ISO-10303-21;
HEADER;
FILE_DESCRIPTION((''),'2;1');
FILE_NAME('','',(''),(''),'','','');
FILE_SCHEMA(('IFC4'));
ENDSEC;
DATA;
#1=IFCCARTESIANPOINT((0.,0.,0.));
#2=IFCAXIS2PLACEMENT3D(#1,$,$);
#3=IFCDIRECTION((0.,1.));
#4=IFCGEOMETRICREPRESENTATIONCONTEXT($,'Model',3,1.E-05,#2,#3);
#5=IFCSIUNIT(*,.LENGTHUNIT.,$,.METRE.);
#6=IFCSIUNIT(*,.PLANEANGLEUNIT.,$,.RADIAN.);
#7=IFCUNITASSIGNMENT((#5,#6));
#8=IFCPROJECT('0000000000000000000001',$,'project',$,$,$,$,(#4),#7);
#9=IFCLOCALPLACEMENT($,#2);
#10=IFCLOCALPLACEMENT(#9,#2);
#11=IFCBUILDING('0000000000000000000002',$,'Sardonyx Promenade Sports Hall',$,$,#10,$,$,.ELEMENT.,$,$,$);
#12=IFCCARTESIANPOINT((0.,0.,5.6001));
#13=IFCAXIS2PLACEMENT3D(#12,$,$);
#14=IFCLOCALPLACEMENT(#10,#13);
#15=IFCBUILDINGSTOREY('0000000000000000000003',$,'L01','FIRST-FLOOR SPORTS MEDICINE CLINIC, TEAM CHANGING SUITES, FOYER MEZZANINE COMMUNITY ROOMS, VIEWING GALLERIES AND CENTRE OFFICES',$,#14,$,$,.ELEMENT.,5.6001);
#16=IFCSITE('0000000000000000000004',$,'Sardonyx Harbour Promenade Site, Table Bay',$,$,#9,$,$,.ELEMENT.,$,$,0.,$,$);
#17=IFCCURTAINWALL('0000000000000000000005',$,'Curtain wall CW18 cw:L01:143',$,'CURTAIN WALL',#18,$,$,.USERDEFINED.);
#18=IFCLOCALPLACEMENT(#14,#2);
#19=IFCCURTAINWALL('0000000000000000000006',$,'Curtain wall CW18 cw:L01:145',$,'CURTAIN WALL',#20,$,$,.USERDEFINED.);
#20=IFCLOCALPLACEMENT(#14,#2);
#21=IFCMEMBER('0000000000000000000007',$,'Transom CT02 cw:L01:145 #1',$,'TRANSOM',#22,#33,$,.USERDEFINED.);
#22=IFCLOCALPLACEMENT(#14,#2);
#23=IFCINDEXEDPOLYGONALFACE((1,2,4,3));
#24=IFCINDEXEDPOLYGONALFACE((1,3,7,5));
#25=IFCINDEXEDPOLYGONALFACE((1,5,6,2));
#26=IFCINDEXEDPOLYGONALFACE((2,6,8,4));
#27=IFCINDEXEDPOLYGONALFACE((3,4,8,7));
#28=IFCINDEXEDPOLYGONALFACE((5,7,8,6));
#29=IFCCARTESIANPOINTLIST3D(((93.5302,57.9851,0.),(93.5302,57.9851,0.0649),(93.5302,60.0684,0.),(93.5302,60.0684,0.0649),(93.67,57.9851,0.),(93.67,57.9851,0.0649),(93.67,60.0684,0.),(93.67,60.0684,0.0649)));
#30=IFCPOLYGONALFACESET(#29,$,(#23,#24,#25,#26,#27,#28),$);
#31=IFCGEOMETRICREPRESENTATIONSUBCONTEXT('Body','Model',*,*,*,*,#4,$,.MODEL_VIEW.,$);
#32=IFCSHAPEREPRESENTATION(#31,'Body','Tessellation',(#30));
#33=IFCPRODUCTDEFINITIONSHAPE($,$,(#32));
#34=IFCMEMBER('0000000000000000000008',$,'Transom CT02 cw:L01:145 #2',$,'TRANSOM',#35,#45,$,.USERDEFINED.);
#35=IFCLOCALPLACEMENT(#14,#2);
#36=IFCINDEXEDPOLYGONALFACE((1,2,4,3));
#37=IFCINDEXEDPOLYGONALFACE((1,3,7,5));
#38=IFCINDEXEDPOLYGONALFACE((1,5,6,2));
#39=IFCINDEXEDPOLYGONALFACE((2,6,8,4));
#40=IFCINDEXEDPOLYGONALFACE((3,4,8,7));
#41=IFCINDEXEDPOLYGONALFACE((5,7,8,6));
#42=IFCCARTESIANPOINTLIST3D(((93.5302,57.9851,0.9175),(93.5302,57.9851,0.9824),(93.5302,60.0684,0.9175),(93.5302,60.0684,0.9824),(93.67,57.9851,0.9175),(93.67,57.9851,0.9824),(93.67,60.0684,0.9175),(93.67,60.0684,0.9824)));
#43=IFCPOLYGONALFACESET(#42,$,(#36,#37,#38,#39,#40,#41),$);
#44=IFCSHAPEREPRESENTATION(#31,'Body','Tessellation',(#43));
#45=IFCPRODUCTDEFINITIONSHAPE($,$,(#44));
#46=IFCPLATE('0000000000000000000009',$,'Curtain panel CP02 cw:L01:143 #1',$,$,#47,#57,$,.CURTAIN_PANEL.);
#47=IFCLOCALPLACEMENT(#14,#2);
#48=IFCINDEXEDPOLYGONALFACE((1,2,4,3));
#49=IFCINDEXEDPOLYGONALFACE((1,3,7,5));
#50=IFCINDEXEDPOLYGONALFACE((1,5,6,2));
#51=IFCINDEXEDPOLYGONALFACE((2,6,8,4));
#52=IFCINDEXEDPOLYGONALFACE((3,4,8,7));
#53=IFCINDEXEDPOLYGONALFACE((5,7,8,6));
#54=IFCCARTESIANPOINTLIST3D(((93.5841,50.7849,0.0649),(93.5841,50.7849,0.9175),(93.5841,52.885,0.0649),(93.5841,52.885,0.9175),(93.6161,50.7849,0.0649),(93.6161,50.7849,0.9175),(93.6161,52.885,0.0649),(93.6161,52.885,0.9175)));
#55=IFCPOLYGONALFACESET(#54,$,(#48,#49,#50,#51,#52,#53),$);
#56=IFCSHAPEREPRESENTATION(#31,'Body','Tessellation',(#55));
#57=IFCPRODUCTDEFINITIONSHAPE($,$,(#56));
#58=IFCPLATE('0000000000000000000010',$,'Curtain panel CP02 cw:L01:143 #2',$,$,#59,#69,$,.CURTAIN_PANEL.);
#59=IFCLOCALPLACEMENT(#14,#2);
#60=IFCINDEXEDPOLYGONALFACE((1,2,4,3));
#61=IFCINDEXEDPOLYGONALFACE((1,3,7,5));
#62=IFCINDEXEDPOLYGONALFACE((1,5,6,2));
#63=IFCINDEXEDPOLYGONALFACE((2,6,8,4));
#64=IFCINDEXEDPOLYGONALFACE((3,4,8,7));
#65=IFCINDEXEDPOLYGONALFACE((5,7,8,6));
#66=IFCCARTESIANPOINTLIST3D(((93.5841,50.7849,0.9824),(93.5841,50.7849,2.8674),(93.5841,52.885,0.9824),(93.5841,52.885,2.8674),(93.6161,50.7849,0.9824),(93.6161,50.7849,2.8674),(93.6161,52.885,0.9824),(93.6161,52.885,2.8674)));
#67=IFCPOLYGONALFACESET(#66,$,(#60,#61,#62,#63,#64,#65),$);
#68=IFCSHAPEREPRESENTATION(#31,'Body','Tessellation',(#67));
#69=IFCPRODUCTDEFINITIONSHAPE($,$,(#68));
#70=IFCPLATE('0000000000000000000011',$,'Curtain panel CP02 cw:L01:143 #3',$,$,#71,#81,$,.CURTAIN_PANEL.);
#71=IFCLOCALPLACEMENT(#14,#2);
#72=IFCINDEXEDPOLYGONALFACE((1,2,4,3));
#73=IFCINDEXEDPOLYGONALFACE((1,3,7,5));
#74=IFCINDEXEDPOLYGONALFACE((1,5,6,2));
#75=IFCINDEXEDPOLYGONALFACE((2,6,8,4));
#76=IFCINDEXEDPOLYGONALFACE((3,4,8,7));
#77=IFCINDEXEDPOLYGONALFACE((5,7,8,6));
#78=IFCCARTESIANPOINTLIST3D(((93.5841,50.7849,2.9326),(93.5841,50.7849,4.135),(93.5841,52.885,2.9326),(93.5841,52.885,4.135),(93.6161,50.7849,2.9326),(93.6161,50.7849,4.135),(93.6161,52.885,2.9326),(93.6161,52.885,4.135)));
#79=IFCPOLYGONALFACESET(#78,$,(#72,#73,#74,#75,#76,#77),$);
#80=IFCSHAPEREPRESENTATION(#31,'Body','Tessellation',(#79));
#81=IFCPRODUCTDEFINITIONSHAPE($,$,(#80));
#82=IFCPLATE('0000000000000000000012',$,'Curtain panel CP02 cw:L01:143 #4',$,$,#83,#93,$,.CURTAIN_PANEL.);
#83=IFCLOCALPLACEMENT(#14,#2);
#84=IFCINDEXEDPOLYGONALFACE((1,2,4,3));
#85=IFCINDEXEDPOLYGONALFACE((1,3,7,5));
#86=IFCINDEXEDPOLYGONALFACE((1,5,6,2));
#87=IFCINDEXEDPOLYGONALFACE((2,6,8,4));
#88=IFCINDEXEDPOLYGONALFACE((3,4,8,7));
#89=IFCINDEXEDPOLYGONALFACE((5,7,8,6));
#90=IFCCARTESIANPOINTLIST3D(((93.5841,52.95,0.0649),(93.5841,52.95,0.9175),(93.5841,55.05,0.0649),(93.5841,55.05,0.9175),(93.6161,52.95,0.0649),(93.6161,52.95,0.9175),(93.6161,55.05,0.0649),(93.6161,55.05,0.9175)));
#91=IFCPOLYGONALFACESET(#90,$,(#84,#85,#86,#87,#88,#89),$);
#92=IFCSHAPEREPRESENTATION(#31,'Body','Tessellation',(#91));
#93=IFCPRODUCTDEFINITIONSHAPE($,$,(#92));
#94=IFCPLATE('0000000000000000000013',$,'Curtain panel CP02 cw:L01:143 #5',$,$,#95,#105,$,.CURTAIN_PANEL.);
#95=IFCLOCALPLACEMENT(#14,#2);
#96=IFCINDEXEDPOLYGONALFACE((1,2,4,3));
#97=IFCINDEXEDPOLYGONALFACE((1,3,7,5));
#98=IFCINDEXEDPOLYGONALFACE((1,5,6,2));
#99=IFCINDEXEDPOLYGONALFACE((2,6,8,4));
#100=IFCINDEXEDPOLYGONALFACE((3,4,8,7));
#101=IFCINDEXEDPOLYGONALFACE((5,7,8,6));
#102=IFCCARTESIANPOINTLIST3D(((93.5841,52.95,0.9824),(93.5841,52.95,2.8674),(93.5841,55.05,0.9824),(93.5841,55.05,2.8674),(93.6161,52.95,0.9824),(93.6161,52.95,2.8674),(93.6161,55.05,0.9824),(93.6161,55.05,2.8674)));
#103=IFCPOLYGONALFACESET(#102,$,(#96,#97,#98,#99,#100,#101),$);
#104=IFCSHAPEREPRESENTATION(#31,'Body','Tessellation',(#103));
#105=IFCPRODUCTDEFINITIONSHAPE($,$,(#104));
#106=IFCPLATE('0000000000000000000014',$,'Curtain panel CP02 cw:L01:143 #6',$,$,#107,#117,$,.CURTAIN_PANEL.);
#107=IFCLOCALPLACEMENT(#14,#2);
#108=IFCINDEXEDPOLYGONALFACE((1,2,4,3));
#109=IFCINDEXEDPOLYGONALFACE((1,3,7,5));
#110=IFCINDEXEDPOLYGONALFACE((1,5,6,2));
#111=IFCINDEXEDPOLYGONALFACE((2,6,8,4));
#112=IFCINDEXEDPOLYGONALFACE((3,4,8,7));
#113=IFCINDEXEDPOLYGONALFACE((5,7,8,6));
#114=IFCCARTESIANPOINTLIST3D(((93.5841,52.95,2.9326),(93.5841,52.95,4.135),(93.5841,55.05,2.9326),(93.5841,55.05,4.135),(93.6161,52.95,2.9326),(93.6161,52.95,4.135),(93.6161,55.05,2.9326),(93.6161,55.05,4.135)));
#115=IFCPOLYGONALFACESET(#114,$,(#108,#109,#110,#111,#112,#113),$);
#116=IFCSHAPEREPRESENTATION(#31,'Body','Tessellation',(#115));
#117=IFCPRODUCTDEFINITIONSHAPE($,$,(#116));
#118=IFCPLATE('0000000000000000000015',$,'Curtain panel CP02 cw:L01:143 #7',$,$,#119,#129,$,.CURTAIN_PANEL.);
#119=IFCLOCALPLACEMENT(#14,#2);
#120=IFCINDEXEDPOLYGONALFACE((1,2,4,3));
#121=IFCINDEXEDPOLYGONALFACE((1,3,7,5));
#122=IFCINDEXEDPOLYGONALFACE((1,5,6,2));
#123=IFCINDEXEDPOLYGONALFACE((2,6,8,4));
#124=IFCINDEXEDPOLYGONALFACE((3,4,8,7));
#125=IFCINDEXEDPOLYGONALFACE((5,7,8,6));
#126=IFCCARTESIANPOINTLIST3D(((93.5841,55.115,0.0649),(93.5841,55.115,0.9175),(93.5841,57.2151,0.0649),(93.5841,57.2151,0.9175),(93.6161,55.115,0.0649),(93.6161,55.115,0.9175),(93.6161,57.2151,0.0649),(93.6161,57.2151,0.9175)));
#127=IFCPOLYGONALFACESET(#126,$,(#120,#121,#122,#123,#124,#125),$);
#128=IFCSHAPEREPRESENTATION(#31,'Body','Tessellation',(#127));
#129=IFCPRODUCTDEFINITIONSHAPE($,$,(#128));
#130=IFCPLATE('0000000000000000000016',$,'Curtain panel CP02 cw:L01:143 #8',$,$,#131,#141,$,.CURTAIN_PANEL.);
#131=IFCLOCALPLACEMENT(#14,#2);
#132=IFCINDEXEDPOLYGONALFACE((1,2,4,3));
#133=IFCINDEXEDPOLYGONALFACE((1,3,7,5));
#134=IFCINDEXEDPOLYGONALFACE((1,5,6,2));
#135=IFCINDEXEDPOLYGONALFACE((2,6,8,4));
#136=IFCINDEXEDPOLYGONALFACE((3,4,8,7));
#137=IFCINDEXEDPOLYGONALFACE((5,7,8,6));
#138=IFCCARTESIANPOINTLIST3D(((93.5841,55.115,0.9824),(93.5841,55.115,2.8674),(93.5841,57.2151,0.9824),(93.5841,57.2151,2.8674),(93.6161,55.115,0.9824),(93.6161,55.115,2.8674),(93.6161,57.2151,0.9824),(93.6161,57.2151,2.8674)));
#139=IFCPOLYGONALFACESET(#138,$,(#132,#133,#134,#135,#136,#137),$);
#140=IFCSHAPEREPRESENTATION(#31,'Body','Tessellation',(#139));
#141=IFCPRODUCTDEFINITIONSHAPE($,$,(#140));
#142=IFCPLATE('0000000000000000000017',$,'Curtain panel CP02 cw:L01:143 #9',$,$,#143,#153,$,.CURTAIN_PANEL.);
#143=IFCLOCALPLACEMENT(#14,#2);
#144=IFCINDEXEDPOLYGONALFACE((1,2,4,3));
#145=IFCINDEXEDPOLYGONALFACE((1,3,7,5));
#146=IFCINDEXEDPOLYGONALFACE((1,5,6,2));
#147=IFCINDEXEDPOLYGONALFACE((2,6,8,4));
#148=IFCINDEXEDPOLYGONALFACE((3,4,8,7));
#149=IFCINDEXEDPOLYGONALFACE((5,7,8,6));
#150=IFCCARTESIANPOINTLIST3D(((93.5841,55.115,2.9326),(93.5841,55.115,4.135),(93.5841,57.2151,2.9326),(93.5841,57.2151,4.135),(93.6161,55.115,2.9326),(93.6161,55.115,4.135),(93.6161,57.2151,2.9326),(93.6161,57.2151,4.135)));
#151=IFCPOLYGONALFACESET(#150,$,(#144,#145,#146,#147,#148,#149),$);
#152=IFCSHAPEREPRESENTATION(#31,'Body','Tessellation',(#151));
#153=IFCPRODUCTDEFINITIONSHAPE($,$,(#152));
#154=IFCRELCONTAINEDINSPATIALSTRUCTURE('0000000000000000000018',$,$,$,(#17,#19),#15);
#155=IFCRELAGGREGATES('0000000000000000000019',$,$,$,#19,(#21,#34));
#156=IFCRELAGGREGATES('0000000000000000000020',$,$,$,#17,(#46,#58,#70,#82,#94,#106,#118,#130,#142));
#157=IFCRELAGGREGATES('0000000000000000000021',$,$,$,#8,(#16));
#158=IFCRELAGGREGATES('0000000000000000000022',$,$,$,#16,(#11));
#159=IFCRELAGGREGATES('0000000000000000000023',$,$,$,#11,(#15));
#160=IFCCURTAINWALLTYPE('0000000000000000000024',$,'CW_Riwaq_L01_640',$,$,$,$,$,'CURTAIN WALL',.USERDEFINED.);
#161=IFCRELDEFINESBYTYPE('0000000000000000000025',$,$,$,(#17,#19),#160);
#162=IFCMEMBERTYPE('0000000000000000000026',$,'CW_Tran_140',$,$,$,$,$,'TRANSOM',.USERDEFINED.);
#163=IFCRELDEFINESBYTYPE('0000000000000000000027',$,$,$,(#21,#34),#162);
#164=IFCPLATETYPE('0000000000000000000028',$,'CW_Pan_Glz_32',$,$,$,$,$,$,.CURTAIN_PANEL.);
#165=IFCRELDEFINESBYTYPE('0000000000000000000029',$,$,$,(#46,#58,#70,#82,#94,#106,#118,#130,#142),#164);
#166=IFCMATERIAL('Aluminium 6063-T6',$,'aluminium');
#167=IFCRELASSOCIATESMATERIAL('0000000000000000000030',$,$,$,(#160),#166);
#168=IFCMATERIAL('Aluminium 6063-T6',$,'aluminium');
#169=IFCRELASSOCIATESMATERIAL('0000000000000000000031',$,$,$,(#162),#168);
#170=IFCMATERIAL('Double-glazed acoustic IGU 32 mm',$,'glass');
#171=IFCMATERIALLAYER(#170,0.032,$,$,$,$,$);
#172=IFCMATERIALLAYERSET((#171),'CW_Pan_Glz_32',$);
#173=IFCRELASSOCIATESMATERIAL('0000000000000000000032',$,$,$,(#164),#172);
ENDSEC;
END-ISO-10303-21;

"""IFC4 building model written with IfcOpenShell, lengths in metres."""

from ifc_helpers import new_model, si_unit, direction, frame, origin, origin_2d, place, context, subcontext, project, spatial, rectangle, extrude, material, layer, layer_set, material_profile, profile_set, type_object, element, aggregate, save


model = new_model("IFC4")

# Units and contexts
model_context = context("Model", 3, precision=1e-05, world=origin(), true_north=direction((0.0, 1.0)))
body_context = subcontext(model_context, "Body", "Model", "MODEL_VIEW")
ifc_project = project(units=[si_unit("LENGTHUNIT", "METRE"), si_unit("PLANEANGLEUNIT", "RADIAN")], contexts=[model_context])

# Site, building, storey
site_placement = place(None, origin())
site = spatial("IfcSite", under=ifc_project, at=site_placement, Name="Sardonyx Harbour Promenade Site, Table Bay", CompositionType="ELEMENT", RefElevation=0.0)
building_placement = place(site_placement, origin())
building = spatial("IfcBuilding", under=site, at=building_placement, Name="Sardonyx Promenade Sports Hall", CompositionType="ELEMENT")
storey_placement = place(building_placement, frame((0.0, 0.0, 5.6001)))
storey = spatial("IfcBuildingStorey", under=building, at=storey_placement, Name="L01", Description="FIRST-FLOOR SPORTS MEDICINE CLINIC, TEAM CHANGING SUITES, FOYER MEZZANINE COMMUNITY ROOMS, VIEWING GALLERIES AND CENTRE OFFICES", CompositionType="ELEMENT", Elevation=5.6001)

# Curtain wall
ifc_material_1 = material(Name="Aluminium 6063-T6", Category="aluminium")
curtain_wall_type = type_object("IfcCurtainWallType", Name="CW_Riwaq_L01_640", ElementType="CURTAIN WALL", PredefinedType="USERDEFINED", material=ifc_material_1)
curtain_wall_1_placement = place(storey_placement, origin())
curtain_wall_1 = element("IfcCurtainWall", 1, at=curtain_wall_1_placement, inside=storey, type_object=curtain_wall_type, Name="Curtain wall CW18 cw:L01:143", ObjectType="CURTAIN WALL", PredefinedType="USERDEFINED")

# Curtain wall
curtain_wall_2_placement = place(storey_placement, origin())
curtain_wall_2 = element("IfcCurtainWall", 2, at=curtain_wall_2_placement, inside=storey, type_object=curtain_wall_type, Name="Curtain wall CW18 cw:L01:145", ObjectType="CURTAIN WALL", PredefinedType="USERDEFINED")

# Members
ifc_material_2 = material(Name="Aluminium 6063-T6", Category="aluminium")
ifc_material_profile_1 = material_profile(ifc_material_2, rectangle(XDim=0.0649, YDim=0.1399, at=origin_2d()))
ifc_profile_set_1 = profile_set([ifc_material_profile_1], Name="Aluminium 6063-T6")
member_type_1 = type_object("IfcMemberType", Name="CW_Tran_140", ElementType="TRANSOM", PredefinedType="USERDEFINED", material=ifc_profile_set_1)
member_1_placement = place(storey_placement, frame((93.6001, 57.9851, 0.0325), z_axis=(0.0, 1.0, 0.0), x_axis=(0.0, 0.0, 1.0)))
member_1 = element("IfcMember", 3, at=member_1_placement, type_object=member_type_1, Name="Transom CT02 cw:L01:145 #1", ObjectType="TRANSOM", PredefinedType="USERDEFINED", context=body_context, shape_type="SweptSolid", body=[
    extrude(rectangle(XDim=0.0649, YDim=0.1399, at=origin_2d()), origin(), (0.0, 0.0, 1.0), 2.0833),
])
member_2_placement = place(storey_placement, frame((93.6001, 57.9851, 0.95), z_axis=(0.0, 1.0, 0.0), x_axis=(0.0, 0.0, 1.0)))
member_2 = element("IfcMember", 4, at=member_2_placement, type_object=member_type_1, Name="Transom CT02 cw:L01:145 #2", ObjectType="TRANSOM", PredefinedType="USERDEFINED", context=body_context, shape_type="SweptSolid", body=[
    extrude(rectangle(XDim=0.0649, YDim=0.1399, at=origin_2d()), origin(), (0.0, 0.0, 1.0), 2.0833),
])
aggregate(curtain_wall_2, [member_1, member_2])

# Plates
ifc_material_3 = material(Name="Double-glazed acoustic IGU 32 mm", Category="glass")
ifc_layer = layer(ifc_material_3, 0.032)
ifc_layer_set = layer_set([ifc_layer], Name="CW_Pan_Glz_32")
plate_type = type_object("IfcPlateType", Name="CW_Pan_Glz_32", PredefinedType="CURTAIN_PANEL", material=ifc_layer_set)
plate_1_placement = place(storey_placement, frame((93.6001, 51.835, 0.0649), z_axis=(0.0, 0.0, 1.0), x_axis=(0.0, 1.0, 0.0)))
plate_1 = element("IfcPlate", 5, at=plate_1_placement, type_object=plate_type, Name="Curtain panel CP02 cw:L01:143 #1", PredefinedType="CURTAIN_PANEL", context=body_context, shape_type="SweptSolid", body=[
    extrude(rectangle(XDim=2.1001, YDim=0.032, at=origin_2d()), origin(), (0.0, 0.0, 1.0), 0.8525),
])
plate_2_placement = place(storey_placement, frame((93.6001, 51.835, 0.9824), z_axis=(0.0, 0.0, 1.0), x_axis=(0.0, 1.0, 0.0)))
plate_2 = element("IfcPlate", 6, at=plate_2_placement, type_object=plate_type, Name="Curtain panel CP02 cw:L01:143 #2", PredefinedType="CURTAIN_PANEL", context=body_context, shape_type="SweptSolid", body=[
    extrude(rectangle(XDim=2.1001, YDim=0.032, at=origin_2d()), origin(), (0.0, 0.0, 1.0), 1.885),
])
plate_3_placement = place(storey_placement, frame((93.6001, 51.835, 2.9326), z_axis=(0.0, 0.0, 1.0), x_axis=(0.0, 1.0, 0.0)))
plate_3 = element("IfcPlate", 7, at=plate_3_placement, type_object=plate_type, Name="Curtain panel CP02 cw:L01:143 #3", PredefinedType="CURTAIN_PANEL", context=body_context, shape_type="SweptSolid", body=[
    extrude(rectangle(XDim=2.1001, YDim=0.032, at=origin_2d()), origin(), (0.0, 0.0, 1.0), 1.2024),
])
plate_4_placement = place(storey_placement, frame((93.6001, 54.0, 0.0649), z_axis=(0.0, 0.0, 1.0), x_axis=(0.0, 1.0, 0.0)))
plate_4 = element("IfcPlate", 8, at=plate_4_placement, type_object=plate_type, Name="Curtain panel CP02 cw:L01:143 #4", PredefinedType="CURTAIN_PANEL", context=body_context, shape_type="SweptSolid", body=[
    extrude(rectangle(XDim=2.1001, YDim=0.032, at=origin_2d()), origin(), (0.0, 0.0, 1.0), 0.8525),
])
plate_5_placement = place(storey_placement, frame((93.6001, 54.0, 0.9824), z_axis=(0.0, 0.0, 1.0), x_axis=(0.0, 1.0, 0.0)))
plate_5 = element("IfcPlate", 9, at=plate_5_placement, type_object=plate_type, Name="Curtain panel CP02 cw:L01:143 #5", PredefinedType="CURTAIN_PANEL", context=body_context, shape_type="SweptSolid", body=[
    extrude(rectangle(XDim=2.1001, YDim=0.032, at=origin_2d()), origin(), (0.0, 0.0, 1.0), 1.885),
])
plate_6_placement = place(storey_placement, frame((93.6001, 54.0, 2.9326), z_axis=(0.0, 0.0, 1.0), x_axis=(0.0, 1.0, 0.0)))
plate_6 = element("IfcPlate", 10, at=plate_6_placement, type_object=plate_type, Name="Curtain panel CP02 cw:L01:143 #6", PredefinedType="CURTAIN_PANEL", context=body_context, shape_type="SweptSolid", body=[
    extrude(rectangle(XDim=2.1001, YDim=0.032, at=origin_2d()), origin(), (0.0, 0.0, 1.0), 1.2024),
])
plate_7_placement = place(storey_placement, frame((93.6001, 56.165, 0.0649), z_axis=(0.0, 0.0, 1.0), x_axis=(0.0, 1.0, 0.0)))
plate_7 = element("IfcPlate", 11, at=plate_7_placement, type_object=plate_type, Name="Curtain panel CP02 cw:L01:143 #7", PredefinedType="CURTAIN_PANEL", context=body_context, shape_type="SweptSolid", body=[
    extrude(rectangle(XDim=2.1001, YDim=0.032, at=origin_2d()), origin(), (0.0, 0.0, 1.0), 0.8525),
])
plate_8_placement = place(storey_placement, frame((93.6001, 56.165, 0.9824), z_axis=(0.0, 0.0, 1.0), x_axis=(0.0, 1.0, 0.0)))
plate_8 = element("IfcPlate", 12, at=plate_8_placement, type_object=plate_type, Name="Curtain panel CP02 cw:L01:143 #8", PredefinedType="CURTAIN_PANEL", context=body_context, shape_type="SweptSolid", body=[
    extrude(rectangle(XDim=2.1001, YDim=0.032, at=origin_2d()), origin(), (0.0, 0.0, 1.0), 1.885),
])
plate_9_placement = place(storey_placement, frame((93.6001, 56.165, 2.9326), z_axis=(0.0, 0.0, 1.0), x_axis=(0.0, 1.0, 0.0)))
plate_9 = element("IfcPlate", 13, at=plate_9_placement, type_object=plate_type, Name="Curtain panel CP02 cw:L01:143 #9", PredefinedType="CURTAIN_PANEL", context=body_context, shape_type="SweptSolid", body=[
    extrude(rectangle(XDim=2.1001, YDim=0.032, at=origin_2d()), origin(), (0.0, 0.0, 1.0), 1.2024),
])
aggregate(curtain_wall_1, [plate_1, plate_2, plate_3, plate_4, plate_5, plate_6, plate_7, plate_8, plate_9])

save(model, "model.ifc")
